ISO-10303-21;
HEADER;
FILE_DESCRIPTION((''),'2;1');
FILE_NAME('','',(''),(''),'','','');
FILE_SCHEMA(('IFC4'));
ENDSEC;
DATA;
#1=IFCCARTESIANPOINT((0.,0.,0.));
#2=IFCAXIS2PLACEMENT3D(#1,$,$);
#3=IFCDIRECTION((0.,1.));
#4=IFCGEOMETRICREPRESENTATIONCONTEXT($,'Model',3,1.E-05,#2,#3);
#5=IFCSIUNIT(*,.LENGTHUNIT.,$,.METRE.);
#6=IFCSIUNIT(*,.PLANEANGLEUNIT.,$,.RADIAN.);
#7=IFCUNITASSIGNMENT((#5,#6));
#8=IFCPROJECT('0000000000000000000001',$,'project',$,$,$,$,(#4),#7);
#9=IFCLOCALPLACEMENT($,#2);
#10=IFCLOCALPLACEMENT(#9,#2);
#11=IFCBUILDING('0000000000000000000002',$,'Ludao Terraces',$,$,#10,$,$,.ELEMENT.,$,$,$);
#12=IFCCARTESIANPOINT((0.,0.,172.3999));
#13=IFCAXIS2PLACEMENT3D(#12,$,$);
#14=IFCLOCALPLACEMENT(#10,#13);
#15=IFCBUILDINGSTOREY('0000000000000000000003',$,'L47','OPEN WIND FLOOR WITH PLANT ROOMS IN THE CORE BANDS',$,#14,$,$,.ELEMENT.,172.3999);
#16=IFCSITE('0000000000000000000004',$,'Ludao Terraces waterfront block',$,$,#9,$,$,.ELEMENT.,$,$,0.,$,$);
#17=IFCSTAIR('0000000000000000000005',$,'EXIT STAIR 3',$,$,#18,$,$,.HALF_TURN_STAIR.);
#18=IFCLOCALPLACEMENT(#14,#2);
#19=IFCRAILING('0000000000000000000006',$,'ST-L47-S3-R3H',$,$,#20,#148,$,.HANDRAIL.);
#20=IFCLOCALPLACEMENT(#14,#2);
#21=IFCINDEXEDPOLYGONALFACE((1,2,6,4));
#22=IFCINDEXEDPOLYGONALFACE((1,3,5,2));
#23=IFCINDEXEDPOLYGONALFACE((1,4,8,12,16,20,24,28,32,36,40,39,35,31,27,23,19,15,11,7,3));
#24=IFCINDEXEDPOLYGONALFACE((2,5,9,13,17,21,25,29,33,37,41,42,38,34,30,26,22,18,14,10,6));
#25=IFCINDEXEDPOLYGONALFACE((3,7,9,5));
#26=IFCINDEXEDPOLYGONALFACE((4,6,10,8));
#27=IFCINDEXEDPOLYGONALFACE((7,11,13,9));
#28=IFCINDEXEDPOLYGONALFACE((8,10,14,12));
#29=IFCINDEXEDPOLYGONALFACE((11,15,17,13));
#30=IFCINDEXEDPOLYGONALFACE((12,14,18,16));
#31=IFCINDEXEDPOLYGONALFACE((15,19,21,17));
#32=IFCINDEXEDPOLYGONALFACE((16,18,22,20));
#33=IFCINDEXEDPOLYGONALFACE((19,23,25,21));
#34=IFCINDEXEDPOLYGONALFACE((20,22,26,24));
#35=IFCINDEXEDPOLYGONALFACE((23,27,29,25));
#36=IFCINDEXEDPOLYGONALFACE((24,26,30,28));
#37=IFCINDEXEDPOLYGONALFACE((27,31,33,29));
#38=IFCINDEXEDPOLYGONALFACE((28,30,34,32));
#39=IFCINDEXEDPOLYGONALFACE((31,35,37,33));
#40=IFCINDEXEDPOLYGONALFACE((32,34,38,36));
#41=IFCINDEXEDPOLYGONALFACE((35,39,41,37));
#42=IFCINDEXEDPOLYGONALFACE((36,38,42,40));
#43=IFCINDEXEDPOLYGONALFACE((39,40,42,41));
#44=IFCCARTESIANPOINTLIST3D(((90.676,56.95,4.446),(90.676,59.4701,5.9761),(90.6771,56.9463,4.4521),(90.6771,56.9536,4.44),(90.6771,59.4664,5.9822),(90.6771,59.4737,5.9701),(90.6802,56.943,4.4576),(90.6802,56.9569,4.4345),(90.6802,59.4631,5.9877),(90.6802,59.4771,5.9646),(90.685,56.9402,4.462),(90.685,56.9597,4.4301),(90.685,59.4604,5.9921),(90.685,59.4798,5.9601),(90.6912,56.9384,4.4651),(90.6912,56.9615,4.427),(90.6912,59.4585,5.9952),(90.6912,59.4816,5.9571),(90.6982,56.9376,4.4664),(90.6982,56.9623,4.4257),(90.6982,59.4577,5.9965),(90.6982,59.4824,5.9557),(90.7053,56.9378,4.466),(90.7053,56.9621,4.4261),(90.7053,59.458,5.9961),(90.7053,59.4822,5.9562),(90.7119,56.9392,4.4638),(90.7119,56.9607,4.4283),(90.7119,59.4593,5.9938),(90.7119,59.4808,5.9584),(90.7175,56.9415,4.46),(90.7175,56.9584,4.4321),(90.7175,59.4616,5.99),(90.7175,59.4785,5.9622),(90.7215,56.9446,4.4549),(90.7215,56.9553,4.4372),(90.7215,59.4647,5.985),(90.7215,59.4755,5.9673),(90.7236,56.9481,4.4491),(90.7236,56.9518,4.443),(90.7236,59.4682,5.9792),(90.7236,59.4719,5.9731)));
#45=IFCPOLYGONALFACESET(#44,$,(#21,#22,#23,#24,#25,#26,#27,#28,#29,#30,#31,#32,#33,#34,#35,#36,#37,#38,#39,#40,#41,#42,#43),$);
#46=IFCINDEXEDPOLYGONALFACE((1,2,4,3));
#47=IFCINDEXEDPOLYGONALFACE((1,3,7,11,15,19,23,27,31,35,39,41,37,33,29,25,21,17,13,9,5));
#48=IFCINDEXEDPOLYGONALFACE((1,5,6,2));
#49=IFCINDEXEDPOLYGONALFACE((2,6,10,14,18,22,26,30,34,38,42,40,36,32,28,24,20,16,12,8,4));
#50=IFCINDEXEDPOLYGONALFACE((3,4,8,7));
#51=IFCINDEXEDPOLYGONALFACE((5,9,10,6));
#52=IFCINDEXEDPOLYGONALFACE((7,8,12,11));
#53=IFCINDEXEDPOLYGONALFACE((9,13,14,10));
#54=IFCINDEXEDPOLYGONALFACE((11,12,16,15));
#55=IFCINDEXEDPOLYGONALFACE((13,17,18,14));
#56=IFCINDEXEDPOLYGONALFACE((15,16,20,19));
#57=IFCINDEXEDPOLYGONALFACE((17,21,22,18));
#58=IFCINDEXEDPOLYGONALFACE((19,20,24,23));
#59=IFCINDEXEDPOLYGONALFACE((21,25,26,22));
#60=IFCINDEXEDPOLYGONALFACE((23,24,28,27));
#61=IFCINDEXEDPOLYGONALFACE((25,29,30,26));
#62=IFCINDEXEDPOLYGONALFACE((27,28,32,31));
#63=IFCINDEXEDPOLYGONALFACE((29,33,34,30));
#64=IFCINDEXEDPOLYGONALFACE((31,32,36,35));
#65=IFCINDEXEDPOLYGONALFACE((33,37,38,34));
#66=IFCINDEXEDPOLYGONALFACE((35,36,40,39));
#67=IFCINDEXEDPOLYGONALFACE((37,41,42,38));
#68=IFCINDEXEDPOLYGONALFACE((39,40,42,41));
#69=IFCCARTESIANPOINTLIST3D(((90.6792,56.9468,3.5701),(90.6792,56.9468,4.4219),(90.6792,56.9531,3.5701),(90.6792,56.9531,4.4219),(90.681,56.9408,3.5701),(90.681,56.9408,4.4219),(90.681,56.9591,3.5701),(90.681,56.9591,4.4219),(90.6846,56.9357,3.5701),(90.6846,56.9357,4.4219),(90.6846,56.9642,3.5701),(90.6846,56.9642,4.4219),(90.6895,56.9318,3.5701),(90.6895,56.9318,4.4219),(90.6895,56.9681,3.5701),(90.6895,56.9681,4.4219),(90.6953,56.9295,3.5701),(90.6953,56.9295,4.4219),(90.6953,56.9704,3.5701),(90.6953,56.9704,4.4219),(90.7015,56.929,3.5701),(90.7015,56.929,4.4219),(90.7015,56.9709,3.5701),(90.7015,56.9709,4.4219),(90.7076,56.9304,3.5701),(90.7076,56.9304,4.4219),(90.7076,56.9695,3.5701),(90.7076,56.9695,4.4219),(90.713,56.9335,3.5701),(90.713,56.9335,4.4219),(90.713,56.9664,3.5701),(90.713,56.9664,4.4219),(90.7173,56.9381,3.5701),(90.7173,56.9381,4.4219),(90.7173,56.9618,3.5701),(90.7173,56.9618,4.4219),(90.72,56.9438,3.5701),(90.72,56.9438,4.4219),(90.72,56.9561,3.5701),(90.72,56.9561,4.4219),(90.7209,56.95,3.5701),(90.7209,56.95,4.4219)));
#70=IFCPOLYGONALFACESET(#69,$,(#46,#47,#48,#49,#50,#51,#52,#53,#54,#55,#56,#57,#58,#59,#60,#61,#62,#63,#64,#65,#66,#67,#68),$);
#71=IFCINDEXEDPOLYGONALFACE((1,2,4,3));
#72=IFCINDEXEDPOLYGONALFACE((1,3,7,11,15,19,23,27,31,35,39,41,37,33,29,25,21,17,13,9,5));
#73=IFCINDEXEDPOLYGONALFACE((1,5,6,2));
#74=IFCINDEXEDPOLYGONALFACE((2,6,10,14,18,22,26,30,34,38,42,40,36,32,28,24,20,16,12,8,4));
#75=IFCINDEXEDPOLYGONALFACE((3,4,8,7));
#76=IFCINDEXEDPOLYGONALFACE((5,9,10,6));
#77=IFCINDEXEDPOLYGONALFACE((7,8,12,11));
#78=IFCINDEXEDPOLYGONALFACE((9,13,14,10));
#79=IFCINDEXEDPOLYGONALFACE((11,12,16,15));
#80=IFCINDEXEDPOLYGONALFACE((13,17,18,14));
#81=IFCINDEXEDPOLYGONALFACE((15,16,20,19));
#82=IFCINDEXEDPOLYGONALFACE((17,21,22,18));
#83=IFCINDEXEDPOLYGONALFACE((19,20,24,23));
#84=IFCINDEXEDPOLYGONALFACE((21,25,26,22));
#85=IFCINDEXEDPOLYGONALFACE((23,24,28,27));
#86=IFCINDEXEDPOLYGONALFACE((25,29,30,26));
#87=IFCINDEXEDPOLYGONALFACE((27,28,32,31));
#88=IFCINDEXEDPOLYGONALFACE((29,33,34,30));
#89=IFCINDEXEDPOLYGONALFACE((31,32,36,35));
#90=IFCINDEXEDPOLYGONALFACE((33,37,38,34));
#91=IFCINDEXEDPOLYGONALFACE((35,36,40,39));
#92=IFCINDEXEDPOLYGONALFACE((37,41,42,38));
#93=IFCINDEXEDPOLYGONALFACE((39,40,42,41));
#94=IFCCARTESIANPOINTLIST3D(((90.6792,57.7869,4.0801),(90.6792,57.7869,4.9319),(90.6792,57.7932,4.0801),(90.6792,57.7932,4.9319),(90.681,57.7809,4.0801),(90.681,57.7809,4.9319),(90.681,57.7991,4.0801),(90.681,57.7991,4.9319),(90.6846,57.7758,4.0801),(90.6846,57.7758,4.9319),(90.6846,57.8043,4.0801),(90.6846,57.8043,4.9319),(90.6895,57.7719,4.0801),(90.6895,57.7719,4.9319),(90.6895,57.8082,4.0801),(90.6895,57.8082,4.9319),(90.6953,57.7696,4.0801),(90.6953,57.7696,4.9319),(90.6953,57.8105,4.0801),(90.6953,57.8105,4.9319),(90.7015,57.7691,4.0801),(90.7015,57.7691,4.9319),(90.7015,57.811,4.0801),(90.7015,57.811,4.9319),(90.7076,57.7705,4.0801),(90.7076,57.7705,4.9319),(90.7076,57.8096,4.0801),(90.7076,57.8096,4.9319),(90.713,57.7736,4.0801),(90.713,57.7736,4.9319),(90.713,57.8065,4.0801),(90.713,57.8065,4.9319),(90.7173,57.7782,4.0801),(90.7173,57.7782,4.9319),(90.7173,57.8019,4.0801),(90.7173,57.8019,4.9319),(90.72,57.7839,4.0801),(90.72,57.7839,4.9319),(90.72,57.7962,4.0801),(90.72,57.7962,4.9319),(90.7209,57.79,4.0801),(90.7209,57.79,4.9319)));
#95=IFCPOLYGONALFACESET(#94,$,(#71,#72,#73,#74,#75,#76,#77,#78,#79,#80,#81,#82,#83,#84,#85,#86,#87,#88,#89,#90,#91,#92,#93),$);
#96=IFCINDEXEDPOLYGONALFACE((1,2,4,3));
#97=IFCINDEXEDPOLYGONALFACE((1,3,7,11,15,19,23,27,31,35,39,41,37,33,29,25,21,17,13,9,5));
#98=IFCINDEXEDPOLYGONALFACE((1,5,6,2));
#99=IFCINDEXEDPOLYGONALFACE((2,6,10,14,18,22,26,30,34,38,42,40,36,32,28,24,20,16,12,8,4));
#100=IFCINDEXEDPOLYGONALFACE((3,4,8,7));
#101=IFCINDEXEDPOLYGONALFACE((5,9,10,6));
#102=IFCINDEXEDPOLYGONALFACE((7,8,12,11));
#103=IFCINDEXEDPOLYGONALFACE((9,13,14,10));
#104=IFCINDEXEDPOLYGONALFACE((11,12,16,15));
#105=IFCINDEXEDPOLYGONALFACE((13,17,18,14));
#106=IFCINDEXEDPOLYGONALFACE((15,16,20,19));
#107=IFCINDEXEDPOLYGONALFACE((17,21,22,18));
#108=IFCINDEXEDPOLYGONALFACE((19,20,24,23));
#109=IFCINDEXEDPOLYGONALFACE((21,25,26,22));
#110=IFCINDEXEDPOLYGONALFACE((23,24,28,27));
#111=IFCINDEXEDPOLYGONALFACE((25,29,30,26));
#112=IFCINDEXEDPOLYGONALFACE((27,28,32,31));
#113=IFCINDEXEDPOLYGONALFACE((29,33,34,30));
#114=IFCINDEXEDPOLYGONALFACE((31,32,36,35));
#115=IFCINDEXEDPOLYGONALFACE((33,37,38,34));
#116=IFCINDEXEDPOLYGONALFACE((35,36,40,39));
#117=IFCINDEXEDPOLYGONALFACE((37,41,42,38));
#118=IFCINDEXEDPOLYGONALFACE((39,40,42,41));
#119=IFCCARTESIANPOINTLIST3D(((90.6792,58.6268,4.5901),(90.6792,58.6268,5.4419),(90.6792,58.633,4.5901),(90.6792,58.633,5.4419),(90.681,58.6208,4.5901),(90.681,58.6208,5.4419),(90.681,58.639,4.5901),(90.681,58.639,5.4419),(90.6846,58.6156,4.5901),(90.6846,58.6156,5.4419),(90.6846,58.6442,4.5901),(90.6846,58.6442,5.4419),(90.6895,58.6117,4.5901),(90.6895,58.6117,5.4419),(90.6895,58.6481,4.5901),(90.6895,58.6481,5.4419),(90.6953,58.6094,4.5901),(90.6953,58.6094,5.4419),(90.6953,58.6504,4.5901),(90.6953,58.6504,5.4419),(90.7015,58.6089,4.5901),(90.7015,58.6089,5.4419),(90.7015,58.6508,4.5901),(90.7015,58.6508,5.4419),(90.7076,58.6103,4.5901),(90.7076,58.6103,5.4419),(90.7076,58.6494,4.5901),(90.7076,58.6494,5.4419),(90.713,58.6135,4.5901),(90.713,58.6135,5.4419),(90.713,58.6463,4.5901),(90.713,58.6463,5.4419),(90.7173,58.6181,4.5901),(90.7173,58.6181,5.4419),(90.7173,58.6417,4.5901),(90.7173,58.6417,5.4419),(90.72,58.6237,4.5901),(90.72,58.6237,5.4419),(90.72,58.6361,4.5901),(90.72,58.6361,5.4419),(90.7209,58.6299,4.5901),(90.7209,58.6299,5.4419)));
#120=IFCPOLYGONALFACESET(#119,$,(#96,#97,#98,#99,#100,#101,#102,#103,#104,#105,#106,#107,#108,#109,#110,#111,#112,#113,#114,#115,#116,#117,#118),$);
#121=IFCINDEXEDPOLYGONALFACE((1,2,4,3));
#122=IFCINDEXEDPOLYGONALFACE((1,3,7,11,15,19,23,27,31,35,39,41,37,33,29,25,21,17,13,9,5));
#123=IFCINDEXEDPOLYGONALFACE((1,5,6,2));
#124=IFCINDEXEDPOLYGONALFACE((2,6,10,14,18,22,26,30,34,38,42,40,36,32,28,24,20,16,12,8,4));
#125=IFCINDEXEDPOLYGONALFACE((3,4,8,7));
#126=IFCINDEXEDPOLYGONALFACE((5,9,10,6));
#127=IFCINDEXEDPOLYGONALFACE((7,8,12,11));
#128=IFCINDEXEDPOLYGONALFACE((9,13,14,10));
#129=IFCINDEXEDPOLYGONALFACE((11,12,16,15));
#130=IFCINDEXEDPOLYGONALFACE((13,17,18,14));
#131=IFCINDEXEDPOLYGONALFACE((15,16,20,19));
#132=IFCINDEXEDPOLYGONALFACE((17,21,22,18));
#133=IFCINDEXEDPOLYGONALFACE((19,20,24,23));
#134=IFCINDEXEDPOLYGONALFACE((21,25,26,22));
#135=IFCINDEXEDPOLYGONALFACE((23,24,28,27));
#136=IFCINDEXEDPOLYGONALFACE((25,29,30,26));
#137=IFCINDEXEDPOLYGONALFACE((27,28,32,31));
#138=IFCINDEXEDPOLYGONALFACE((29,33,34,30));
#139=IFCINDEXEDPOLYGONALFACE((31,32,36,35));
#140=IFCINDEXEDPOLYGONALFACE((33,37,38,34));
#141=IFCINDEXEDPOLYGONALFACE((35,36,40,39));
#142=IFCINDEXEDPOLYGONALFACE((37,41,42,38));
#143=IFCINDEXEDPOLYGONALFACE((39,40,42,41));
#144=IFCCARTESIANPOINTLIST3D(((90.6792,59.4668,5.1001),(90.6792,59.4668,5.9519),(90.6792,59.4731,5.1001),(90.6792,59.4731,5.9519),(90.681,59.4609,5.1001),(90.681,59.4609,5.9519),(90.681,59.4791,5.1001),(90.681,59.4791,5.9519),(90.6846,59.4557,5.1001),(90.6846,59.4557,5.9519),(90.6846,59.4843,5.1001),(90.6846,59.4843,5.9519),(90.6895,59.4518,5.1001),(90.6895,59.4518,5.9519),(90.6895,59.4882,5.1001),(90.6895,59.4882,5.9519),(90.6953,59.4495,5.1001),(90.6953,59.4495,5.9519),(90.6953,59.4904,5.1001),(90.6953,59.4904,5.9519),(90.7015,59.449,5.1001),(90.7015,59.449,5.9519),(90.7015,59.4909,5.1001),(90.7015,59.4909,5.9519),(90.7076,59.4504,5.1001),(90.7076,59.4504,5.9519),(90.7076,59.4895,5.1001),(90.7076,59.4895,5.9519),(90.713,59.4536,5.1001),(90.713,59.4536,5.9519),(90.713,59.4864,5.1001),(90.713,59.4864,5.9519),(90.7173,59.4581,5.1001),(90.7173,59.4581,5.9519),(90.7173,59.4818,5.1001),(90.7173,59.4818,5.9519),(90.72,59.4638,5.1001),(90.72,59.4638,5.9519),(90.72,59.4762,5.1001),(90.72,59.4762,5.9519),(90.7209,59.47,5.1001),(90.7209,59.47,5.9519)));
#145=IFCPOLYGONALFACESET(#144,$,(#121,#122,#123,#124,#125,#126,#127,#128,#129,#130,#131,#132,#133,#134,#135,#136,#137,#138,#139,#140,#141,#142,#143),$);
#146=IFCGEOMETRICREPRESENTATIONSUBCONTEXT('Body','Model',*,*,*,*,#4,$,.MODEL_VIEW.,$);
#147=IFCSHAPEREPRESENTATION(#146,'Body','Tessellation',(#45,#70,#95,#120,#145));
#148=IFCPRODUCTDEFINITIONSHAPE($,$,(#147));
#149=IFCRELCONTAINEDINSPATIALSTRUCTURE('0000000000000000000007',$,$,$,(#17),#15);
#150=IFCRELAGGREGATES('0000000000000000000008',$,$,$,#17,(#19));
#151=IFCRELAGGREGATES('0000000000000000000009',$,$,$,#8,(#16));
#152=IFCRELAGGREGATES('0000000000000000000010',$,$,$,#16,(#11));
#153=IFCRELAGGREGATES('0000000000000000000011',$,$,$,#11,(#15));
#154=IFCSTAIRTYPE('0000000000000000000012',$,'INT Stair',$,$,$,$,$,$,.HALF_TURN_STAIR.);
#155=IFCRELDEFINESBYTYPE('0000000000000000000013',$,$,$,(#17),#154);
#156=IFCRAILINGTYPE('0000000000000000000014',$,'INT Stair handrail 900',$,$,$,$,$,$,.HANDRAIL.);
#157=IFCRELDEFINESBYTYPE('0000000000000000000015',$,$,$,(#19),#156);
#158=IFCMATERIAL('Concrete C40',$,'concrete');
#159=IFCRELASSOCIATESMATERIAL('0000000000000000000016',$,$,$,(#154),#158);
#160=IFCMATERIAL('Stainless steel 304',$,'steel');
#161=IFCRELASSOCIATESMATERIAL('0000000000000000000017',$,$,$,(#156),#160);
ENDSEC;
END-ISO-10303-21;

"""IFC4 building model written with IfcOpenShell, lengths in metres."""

from ifc_helpers import new_model, si_unit, direction, frame, origin, origin_2d, place, context, subcontext, project, spatial, circle, extrude, material, type_object, element, aggregate, save


model = new_model("IFC4")

# Units and contexts
model_context = context("Model", 3, precision=1e-05, world=origin(), true_north=direction((0.0, 1.0)))
body_context = subcontext(model_context, "Body", "Model", "MODEL_VIEW")
ifc_project = project(units=[si_unit("LENGTHUNIT", "METRE"), si_unit("PLANEANGLEUNIT", "RADIAN")], contexts=[model_context])

# Site, building, storey
site_placement = place(None, origin())
site = spatial("IfcSite", under=ifc_project, at=site_placement, Name="Ludao Terraces waterfront block", CompositionType="ELEMENT", RefElevation=0.0)
building_placement = place(site_placement, origin())
building = spatial("IfcBuilding", under=site, at=building_placement, Name="Ludao Terraces", CompositionType="ELEMENT")
storey_placement = place(building_placement, frame((0.0, 0.0, 172.3999)))
storey = spatial("IfcBuildingStorey", under=building, at=storey_placement, Name="L47", Description="OPEN WIND FLOOR WITH PLANT ROOMS IN THE CORE BANDS", CompositionType="ELEMENT", Elevation=172.3999)

# Stair, railing
ifc_material_1 = material(Name="Concrete C40", Category="concrete")
stair_type = type_object("IfcStairType", Name="INT Stair", PredefinedType="HALF_TURN_STAIR", material=ifc_material_1)
stair_placement = place(storey_placement, origin())
stair = element("IfcStair", 1, at=stair_placement, inside=storey, type_object=stair_type, Name="EXIT STAIR 3", PredefinedType="HALF_TURN_STAIR")
ifc_material_2 = material(Name="Stainless steel 304", Category="steel")
railing_type_1 = type_object("IfcRailingType", Name="INT Stair handrail 900", PredefinedType="HANDRAIL", material=ifc_material_2)
railing_1_placement = place(storey_placement, frame((90.7, 56.95, 3.5701)))
railing_1 = element("IfcRailing", 2, at=railing_1_placement, type_object=railing_type_1, Name="ST-L47-S3-R3H", PredefinedType="HANDRAIL", context=body_context, shape_type="SweptSolid", body=[
    extrude(circle(Radius=0.0239, at=origin_2d()), frame((0.0, 0.0, 0.876), z_axis=(0.0, 0.854785, 0.518982), x_axis=(-1.0, 0.0, 0.0)), (0.0, 0.0, 1.0), 2.9482),
    extrude(circle(Radius=0.021, at=origin_2d()), origin(), (0.0, 0.0, 1.0), 0.8518),
    extrude(circle(Radius=0.021, at=origin_2d()), frame((0.0, 0.8401, 0.51)), (0.0, 0.0, 1.0), 0.8518),
    extrude(circle(Radius=0.021, at=origin_2d()), frame((0.0, 1.6799, 1.02)), (0.0, 0.0, 1.0), 0.8518),
    extrude(circle(Radius=0.021, at=origin_2d()), frame((0.0, 2.52, 1.53)), (0.0, 0.0, 1.0), 0.8518),
])
aggregate(stair, [railing_1])

save(model, "model.ifc")
